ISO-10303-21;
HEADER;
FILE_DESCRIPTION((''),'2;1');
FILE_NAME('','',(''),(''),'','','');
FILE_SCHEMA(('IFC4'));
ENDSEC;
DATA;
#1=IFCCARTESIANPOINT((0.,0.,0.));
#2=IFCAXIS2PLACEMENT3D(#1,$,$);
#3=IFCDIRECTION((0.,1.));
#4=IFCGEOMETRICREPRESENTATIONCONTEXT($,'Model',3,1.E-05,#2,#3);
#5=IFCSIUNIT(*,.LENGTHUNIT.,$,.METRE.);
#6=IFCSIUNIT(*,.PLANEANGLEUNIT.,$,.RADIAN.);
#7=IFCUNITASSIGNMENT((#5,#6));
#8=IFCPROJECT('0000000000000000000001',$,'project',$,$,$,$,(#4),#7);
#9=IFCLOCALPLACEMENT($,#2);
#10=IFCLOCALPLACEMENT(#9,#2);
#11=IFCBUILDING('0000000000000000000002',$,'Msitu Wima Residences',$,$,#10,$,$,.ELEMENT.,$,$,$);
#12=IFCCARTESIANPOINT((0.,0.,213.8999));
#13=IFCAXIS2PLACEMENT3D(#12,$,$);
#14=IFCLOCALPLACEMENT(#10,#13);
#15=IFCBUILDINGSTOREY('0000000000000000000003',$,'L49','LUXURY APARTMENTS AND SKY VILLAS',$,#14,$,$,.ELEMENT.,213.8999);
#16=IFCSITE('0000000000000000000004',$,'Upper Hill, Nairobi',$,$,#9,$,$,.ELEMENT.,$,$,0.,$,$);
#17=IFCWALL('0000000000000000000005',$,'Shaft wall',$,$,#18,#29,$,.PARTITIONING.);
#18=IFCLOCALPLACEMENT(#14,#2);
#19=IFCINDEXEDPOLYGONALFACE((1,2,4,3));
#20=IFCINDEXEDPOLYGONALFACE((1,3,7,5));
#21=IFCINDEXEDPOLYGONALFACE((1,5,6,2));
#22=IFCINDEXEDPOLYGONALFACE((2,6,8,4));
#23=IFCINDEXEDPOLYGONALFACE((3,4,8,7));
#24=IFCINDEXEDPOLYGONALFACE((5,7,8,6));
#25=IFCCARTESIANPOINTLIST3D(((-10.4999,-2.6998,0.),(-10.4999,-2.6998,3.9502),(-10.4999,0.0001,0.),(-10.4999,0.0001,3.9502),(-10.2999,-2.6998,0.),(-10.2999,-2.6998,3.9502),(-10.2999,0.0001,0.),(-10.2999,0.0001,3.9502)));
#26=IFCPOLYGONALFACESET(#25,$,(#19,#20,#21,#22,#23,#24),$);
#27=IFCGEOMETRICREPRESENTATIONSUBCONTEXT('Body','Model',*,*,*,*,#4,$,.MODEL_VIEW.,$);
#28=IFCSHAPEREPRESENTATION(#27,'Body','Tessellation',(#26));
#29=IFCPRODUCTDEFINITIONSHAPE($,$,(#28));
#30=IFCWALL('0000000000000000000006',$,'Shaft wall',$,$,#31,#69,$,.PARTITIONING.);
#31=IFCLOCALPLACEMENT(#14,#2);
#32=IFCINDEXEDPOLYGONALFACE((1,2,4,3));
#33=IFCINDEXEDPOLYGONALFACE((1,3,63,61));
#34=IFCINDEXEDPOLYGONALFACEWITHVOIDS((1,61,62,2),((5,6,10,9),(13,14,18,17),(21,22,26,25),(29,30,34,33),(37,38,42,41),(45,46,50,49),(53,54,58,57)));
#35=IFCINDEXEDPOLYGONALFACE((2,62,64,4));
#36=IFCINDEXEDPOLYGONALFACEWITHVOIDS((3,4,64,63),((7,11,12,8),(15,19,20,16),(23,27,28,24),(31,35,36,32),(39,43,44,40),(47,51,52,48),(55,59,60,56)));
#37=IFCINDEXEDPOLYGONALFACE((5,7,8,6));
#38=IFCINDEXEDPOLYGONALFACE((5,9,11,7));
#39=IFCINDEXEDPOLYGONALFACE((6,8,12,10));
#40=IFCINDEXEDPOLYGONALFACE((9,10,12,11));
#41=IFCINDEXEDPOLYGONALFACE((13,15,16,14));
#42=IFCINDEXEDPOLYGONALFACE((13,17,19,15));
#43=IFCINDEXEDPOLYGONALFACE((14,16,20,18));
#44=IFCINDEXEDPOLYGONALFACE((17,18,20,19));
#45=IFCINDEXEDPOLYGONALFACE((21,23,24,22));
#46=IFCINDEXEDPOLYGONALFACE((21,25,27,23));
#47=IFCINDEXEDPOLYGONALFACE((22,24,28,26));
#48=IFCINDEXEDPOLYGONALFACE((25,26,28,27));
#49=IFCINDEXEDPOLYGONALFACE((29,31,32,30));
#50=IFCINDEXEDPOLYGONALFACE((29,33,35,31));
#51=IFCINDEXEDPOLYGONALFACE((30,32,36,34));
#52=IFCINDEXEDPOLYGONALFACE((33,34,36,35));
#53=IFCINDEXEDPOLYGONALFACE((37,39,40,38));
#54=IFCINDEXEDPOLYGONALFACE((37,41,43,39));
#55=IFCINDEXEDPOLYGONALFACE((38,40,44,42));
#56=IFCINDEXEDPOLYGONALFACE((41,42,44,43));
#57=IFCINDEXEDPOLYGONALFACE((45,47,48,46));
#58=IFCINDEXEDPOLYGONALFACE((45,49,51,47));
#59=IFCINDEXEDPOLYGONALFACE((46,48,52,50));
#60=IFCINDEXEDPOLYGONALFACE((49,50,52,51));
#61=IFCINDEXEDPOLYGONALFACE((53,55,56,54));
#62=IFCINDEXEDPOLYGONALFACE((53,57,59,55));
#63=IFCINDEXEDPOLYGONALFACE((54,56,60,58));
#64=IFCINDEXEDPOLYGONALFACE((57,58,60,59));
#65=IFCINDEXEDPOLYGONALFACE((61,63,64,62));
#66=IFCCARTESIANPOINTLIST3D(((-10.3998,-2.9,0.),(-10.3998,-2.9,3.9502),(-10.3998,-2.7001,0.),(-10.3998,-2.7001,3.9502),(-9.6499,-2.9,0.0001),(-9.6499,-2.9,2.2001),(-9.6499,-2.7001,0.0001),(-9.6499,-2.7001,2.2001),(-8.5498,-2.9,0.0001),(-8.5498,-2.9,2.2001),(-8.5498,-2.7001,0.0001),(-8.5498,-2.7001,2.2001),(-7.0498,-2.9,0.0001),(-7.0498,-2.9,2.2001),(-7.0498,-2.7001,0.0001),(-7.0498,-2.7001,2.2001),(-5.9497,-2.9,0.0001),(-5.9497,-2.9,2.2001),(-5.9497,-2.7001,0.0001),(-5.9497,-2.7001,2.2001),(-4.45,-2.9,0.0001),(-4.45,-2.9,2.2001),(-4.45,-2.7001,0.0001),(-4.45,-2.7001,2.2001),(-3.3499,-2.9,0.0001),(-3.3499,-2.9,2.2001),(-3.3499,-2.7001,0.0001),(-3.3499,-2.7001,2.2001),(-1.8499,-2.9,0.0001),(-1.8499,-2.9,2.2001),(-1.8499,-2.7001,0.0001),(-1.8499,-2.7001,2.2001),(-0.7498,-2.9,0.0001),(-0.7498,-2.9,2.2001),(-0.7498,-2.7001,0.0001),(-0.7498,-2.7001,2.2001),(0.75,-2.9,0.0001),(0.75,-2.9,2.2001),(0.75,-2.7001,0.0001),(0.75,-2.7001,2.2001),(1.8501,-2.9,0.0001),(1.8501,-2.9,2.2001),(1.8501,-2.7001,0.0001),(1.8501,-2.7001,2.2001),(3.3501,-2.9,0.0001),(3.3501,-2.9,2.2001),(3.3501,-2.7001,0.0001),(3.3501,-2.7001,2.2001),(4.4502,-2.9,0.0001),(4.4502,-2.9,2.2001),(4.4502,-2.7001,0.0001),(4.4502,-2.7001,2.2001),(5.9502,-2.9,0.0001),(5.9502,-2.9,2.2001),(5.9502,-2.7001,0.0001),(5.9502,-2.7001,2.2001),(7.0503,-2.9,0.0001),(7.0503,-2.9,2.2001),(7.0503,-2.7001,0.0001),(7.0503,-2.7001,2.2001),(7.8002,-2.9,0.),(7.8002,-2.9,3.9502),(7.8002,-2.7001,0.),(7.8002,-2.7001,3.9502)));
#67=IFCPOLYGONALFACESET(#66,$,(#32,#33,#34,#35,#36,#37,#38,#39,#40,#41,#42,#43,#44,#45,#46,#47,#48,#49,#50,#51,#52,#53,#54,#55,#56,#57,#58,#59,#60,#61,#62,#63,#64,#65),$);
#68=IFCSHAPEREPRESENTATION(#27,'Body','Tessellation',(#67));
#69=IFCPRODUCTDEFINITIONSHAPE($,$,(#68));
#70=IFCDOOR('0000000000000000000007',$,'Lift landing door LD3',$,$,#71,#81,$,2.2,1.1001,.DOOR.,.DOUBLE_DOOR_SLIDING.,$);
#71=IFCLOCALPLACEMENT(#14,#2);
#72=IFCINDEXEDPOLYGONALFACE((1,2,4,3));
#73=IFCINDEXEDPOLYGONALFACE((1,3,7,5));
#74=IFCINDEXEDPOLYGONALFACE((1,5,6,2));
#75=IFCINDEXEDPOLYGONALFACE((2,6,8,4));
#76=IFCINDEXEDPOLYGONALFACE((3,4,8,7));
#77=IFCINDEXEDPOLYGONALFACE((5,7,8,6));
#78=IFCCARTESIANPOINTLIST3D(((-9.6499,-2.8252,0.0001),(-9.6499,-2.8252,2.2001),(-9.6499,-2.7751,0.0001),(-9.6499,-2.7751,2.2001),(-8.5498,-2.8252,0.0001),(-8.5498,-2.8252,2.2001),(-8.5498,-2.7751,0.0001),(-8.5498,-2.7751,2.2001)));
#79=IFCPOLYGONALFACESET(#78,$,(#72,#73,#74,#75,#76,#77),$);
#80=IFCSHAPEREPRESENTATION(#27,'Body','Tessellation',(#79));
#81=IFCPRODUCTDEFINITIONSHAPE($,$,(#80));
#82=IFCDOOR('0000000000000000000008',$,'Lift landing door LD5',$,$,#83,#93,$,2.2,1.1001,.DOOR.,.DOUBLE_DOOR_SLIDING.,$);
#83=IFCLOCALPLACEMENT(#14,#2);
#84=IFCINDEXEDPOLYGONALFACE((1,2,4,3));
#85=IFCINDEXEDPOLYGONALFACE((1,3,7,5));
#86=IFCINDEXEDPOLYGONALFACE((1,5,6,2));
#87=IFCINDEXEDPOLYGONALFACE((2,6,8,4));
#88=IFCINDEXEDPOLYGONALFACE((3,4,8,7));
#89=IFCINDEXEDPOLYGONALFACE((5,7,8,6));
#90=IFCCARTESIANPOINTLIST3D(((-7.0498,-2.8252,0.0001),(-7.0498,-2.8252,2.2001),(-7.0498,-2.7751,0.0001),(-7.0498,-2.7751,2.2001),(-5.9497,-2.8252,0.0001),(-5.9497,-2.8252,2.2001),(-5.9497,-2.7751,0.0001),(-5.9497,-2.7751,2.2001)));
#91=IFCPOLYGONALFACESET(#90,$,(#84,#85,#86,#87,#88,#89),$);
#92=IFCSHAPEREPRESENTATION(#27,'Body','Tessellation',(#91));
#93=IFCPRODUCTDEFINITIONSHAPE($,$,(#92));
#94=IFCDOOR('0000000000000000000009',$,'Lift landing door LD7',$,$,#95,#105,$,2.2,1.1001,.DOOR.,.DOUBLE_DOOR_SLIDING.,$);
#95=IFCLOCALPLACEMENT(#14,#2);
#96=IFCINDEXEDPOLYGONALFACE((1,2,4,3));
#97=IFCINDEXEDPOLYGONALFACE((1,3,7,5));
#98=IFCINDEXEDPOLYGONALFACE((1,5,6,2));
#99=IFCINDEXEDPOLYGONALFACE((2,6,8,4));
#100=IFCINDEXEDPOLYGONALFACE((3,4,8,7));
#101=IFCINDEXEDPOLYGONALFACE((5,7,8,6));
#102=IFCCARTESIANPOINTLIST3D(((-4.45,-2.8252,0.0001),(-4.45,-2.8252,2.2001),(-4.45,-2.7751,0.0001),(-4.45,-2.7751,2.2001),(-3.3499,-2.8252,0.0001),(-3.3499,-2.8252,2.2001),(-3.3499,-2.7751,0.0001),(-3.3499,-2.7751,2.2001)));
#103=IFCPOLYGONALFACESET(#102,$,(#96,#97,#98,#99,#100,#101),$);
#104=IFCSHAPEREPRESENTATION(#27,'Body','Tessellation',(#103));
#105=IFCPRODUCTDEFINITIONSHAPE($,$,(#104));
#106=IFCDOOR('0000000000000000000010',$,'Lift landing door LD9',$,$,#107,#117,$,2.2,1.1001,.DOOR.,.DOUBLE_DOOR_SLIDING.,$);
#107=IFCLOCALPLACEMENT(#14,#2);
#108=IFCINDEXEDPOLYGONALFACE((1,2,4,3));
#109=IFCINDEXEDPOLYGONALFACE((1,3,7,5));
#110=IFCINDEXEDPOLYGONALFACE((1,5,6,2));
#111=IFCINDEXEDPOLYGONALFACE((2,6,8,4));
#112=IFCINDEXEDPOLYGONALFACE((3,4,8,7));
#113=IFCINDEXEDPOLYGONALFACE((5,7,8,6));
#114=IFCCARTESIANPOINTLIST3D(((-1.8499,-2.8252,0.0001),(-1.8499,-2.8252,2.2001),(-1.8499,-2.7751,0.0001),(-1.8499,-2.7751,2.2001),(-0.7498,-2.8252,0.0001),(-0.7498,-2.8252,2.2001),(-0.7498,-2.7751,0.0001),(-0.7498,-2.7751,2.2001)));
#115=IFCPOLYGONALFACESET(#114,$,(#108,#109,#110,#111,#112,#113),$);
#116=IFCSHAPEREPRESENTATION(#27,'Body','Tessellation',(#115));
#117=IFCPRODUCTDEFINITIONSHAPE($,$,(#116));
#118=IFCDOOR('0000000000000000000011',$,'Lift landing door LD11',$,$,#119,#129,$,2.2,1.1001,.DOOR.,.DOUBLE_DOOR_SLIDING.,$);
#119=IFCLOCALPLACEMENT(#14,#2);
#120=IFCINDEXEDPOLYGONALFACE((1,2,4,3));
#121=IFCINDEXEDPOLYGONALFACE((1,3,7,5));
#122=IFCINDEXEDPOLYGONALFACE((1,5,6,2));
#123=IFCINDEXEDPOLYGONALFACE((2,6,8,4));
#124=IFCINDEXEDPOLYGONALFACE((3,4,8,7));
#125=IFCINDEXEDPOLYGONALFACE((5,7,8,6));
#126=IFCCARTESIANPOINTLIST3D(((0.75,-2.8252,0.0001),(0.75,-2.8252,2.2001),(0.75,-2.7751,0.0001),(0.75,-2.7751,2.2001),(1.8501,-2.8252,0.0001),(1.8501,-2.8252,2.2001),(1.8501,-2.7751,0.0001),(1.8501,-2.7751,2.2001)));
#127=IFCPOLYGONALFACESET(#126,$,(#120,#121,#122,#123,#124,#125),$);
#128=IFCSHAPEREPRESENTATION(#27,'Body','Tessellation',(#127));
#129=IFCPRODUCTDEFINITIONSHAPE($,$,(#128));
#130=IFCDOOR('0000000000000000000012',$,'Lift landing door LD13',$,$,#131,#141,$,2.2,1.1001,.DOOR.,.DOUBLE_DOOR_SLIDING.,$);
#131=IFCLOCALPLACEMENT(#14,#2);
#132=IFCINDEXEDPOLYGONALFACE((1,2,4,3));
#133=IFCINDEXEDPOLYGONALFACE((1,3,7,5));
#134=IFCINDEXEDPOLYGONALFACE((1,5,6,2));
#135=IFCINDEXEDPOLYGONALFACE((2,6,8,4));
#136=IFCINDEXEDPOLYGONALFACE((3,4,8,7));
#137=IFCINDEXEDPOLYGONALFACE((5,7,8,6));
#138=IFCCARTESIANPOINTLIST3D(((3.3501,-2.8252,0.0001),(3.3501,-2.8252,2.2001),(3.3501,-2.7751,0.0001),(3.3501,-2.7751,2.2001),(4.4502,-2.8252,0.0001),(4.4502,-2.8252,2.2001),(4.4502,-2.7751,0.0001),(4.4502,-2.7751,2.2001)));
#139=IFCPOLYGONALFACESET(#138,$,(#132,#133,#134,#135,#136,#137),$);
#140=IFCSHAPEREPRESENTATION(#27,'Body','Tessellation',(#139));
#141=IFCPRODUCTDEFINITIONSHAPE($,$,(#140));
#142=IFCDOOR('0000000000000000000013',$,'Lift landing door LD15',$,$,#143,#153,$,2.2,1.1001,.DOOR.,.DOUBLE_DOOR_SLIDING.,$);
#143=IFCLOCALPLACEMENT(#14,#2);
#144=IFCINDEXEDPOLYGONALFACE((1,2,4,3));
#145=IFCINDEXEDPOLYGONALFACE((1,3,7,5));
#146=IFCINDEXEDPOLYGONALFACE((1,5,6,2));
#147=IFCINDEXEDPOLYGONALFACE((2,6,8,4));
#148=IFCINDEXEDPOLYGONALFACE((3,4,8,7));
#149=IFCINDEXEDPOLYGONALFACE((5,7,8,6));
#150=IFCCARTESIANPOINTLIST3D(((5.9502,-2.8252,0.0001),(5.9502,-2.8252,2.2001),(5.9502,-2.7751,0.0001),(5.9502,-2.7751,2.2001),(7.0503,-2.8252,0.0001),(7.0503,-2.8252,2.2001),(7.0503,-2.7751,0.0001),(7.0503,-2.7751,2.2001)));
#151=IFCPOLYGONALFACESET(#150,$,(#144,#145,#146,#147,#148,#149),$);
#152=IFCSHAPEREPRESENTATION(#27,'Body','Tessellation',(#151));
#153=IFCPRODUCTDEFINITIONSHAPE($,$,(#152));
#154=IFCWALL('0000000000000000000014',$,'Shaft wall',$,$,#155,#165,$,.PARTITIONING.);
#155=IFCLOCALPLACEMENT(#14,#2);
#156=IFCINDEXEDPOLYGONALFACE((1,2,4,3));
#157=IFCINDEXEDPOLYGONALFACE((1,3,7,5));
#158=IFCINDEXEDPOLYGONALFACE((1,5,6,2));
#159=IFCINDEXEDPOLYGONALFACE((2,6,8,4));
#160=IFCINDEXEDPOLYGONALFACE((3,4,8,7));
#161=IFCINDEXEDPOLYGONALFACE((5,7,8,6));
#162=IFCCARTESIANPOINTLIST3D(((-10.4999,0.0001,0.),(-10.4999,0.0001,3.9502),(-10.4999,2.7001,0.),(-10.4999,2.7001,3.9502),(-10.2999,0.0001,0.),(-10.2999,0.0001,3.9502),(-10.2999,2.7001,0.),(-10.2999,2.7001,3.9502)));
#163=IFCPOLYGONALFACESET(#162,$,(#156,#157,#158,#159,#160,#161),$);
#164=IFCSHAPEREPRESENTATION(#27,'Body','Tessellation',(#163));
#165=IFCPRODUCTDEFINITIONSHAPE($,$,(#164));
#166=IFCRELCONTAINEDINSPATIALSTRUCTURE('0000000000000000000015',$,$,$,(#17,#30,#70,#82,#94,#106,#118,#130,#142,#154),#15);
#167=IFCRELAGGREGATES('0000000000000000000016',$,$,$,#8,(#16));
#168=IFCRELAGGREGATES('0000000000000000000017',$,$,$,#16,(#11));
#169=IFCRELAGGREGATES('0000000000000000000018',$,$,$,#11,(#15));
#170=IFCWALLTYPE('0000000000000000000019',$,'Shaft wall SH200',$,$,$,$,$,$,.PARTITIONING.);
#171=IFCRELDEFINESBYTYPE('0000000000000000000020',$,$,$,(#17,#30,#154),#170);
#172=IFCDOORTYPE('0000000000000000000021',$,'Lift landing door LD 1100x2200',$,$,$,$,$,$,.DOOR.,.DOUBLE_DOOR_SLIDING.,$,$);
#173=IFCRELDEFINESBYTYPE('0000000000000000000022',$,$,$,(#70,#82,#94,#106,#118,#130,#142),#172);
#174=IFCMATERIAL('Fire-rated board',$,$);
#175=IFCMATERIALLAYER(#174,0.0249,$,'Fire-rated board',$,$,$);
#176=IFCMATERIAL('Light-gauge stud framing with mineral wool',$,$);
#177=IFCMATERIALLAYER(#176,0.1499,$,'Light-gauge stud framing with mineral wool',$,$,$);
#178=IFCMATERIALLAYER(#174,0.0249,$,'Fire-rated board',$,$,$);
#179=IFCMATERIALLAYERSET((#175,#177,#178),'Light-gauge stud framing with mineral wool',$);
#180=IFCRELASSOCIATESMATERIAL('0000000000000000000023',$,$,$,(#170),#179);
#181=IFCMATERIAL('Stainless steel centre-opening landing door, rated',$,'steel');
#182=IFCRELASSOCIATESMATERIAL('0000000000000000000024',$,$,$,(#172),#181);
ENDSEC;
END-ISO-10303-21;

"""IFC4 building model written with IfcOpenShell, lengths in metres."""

from ifc_helpers import new_model, si_unit, direction, frame, frame_2d, origin, place, context, subcontext, project, spatial, rectangle, extrude, material, layer, layer_set, type_object, element, fill, save


model = new_model("IFC4")

# Units and contexts
model_context = context("Model", 3, precision=1e-05, world=origin(), true_north=direction((0.0, 1.0)))
body_context = subcontext(model_context, "Body", "Model", "MODEL_VIEW")
ifc_project = project(units=[si_unit("LENGTHUNIT", "METRE"), si_unit("PLANEANGLEUNIT", "RADIAN")], contexts=[model_context])

# Site, building, storey
site_placement = place(None, origin())
site = spatial("IfcSite", under=ifc_project, at=site_placement, Name="Upper Hill, Nairobi", CompositionType="ELEMENT", RefElevation=0.0)
building_placement = place(site_placement, origin())
building = spatial("IfcBuilding", under=site, at=building_placement, Name="Msitu Wima Residences", CompositionType="ELEMENT")
storey_placement = place(building_placement, frame((0.0, 0.0, 213.8999)))
storey = spatial("IfcBuildingStorey", under=building, at=storey_placement, Name="L49", Description="LUXURY APARTMENTS AND SKY VILLAS", CompositionType="ELEMENT", Elevation=213.8999)

# Wall
ifc_material_1 = material(Name="Fire-rated board")
ifc_layer_1 = layer(ifc_material_1, 0.0249, Name="Fire-rated board")
ifc_material_2 = material(Name="Light-gauge stud framing with mineral wool")
ifc_layer_2 = layer(ifc_material_2, 0.1499, Name="Light-gauge stud framing with mineral wool")
ifc_layer_3 = layer(ifc_material_1, 0.0249, Name="Fire-rated board")
ifc_layer_set_1 = layer_set([ifc_layer_1, ifc_layer_2, ifc_layer_3], Name="Light-gauge stud framing with mineral wool")
wall_type_1 = type_object("IfcWallType", Name="Shaft wall SH200", PredefinedType="PARTITIONING", material=ifc_layer_set_1)
wall_1_placement = place(storey_placement, frame((-10.3999, -2.7, 0.0), z_axis=(0.0, 0.0, 1.0), x_axis=(0.0, 1.0, 0.0)))
element("IfcWall", 1, at=wall_1_placement, inside=storey, type_object=wall_type_1, Name="Shaft wall", PredefinedType="PARTITIONING", context=body_context, shape_type="SweptSolid", body=[
    extrude(rectangle(XDim=2.7, YDim=0.2, at=frame_2d((1.3501, 0.0))), origin(), (0.0, 0.0, 1.0), 3.9502),
])

# Wall, openings, doors
wall_2_placement = place(storey_placement, frame((-10.3999, -2.8, 0.0), z_axis=(0.0, 0.0, 1.0), x_axis=(1.0, 0.0, 0.0)))
wall_2 = element("IfcWall", 2, at=wall_2_placement, inside=storey, type_object=wall_type_1, Name="Shaft wall", PredefinedType="PARTITIONING", context=body_context, shape_type="SweptSolid", body=[
    extrude(rectangle(XDim=18.2, YDim=0.2, at=frame_2d((9.1001, 0.0))), origin(), (0.0, 0.0, 1.0), 3.9502),
])
opening_1_placement = place(wall_2_placement, frame((0.75, 0.0, 0.0)))
opening_1 = element("IfcOpeningElement", 3, at=opening_1_placement, cuts=wall_2, PredefinedType="OPENING", context=body_context, shape_type="SweptSolid", body=[
    extrude(rectangle(XDim=1.1001, YDim=2.2, at=frame_2d((0.55, 1.1001))), frame((0.0, 0.1099, 0.0), z_axis=(0.0, -1.0, 0.0), x_axis=(1.0, 0.0, 0.0)), (0.0, 0.0, 1.0), 0.22),
])
opening_2_placement = place(wall_2_placement, frame((3.3501, 0.0, 0.0)))
opening_2 = element("IfcOpeningElement", 4, at=opening_2_placement, cuts=wall_2, PredefinedType="OPENING", context=body_context, shape_type="SweptSolid", body=[
    extrude(rectangle(XDim=1.1001, YDim=2.2, at=frame_2d((0.55, 1.1001))), frame((0.0, 0.1099, 0.0), z_axis=(0.0, -1.0, 0.0), x_axis=(1.0, 0.0, 0.0)), (0.0, 0.0, 1.0), 0.22),
])
opening_3_placement = place(wall_2_placement, frame((5.95, 0.0, 0.0)))
opening_3 = element("IfcOpeningElement", 5, at=opening_3_placement, cuts=wall_2, PredefinedType="OPENING", context=body_context, shape_type="SweptSolid", body=[
    extrude(rectangle(XDim=1.1001, YDim=2.2, at=frame_2d((0.55, 1.1001))), frame((0.0, 0.1099, 0.0), z_axis=(0.0, -1.0, 0.0), x_axis=(1.0, 0.0, 0.0)), (0.0, 0.0, 1.0), 0.22),
])
opening_4_placement = place(wall_2_placement, frame((8.55, 0.0, 0.0)))
opening_4 = element("IfcOpeningElement", 6, at=opening_4_placement, cuts=wall_2, PredefinedType="OPENING", context=body_context, shape_type="SweptSolid", body=[
    extrude(rectangle(XDim=1.1001, YDim=2.2, at=frame_2d((0.55, 1.1001))), frame((0.0, 0.1099, 0.0), z_axis=(0.0, -1.0, 0.0), x_axis=(1.0, 0.0, 0.0)), (0.0, 0.0, 1.0), 0.22),
])
opening_5_placement = place(wall_2_placement, frame((11.1499, 0.0, 0.0)))
opening_5 = element("IfcOpeningElement", 7, at=opening_5_placement, cuts=wall_2, PredefinedType="OPENING", context=body_context, shape_type="SweptSolid", body=[
    extrude(rectangle(XDim=1.1001, YDim=2.2, at=frame_2d((0.55, 1.1001))), frame((0.0, 0.1099, 0.0), z_axis=(0.0, -1.0, 0.0), x_axis=(1.0, 0.0, 0.0)), (0.0, 0.0, 1.0), 0.22),
])
opening_6_placement = place(wall_2_placement, frame((13.75, 0.0, 0.0)))
opening_6 = element("IfcOpeningElement", 8, at=opening_6_placement, cuts=wall_2, PredefinedType="OPENING", context=body_context, shape_type="SweptSolid", body=[
    extrude(rectangle(XDim=1.1001, YDim=2.2, at=frame_2d((0.55, 1.1001))), frame((0.0, 0.1099, 0.0), z_axis=(0.0, -1.0, 0.0), x_axis=(1.0, 0.0, 0.0)), (0.0, 0.0, 1.0), 0.22),
])
opening_7_placement = place(wall_2_placement, frame((16.3501, 0.0, 0.0)))
opening_7 = element("IfcOpeningElement", 9, at=opening_7_placement, cuts=wall_2, PredefinedType="OPENING", context=body_context, shape_type="SweptSolid", body=[
    extrude(rectangle(XDim=1.1001, YDim=2.2, at=frame_2d((0.55, 1.1001))), frame((0.0, 0.1099, 0.0), z_axis=(0.0, -1.0, 0.0), x_axis=(1.0, 0.0, 0.0)), (0.0, 0.0, 1.0), 0.22),
])
ifc_material_3 = material(Name="Stainless steel centre-opening landing door, rated", Category="steel")
door_type_1 = type_object("IfcDoorType", Name="Lift landing door LD 1100x2200", OperationType="DOUBLE_DOOR_SLIDING", PredefinedType="DOOR", material=ifc_material_3)
door_1_placement = place(opening_1_placement, origin())
door_1 = element("IfcDoor", 10, at=door_1_placement, inside=storey, type_object=door_type_1, Name="Lift landing door LD3", OperationType="DOUBLE_DOOR_SLIDING", OverallHeight=2.2, OverallWidth=1.1001, PredefinedType="DOOR", context=body_context, shape_type="SweptSolid", body=[
    extrude(rectangle(XDim=1.1001, YDim=2.2, at=frame_2d((0.55, 1.1001))), frame((0.0, 0.0249, 0.0), z_axis=(0.0, -1.0, 0.0), x_axis=(1.0, 0.0, 0.0)), (0.0, 0.0, 1.0), 0.05),
])
fill(opening_1, door_1)
door_2_placement = place(opening_2_placement, origin())
door_2 = element("IfcDoor", 11, at=door_2_placement, inside=storey, type_object=door_type_1, Name="Lift landing door LD5", OperationType="DOUBLE_DOOR_SLIDING", OverallHeight=2.2, OverallWidth=1.1001, PredefinedType="DOOR", context=body_context, shape_type="SweptSolid", body=[
    extrude(rectangle(XDim=1.1001, YDim=2.2, at=frame_2d((0.55, 1.1001))), frame((0.0, 0.0249, 0.0), z_axis=(0.0, -1.0, 0.0), x_axis=(1.0, 0.0, 0.0)), (0.0, 0.0, 1.0), 0.05),
])
fill(opening_2, door_2)
door_3_placement = place(opening_3_placement, origin())
door_3 = element("IfcDoor", 12, at=door_3_placement, inside=storey, type_object=door_type_1, Name="Lift landing door LD7", OperationType="DOUBLE_DOOR_SLIDING", OverallHeight=2.2, OverallWidth=1.1001, PredefinedType="DOOR", context=body_context, shape_type="SweptSolid", body=[
    extrude(rectangle(XDim=1.1001, YDim=2.2, at=frame_2d((0.55, 1.1001))), frame((0.0, 0.0249, 0.0), z_axis=(0.0, -1.0, 0.0), x_axis=(1.0, 0.0, 0.0)), (0.0, 0.0, 1.0), 0.05),
])
fill(opening_3, door_3)
door_4_placement = place(opening_4_placement, origin())
door_4 = element("IfcDoor", 13, at=door_4_placement, inside=storey, type_object=door_type_1, Name="Lift landing door LD9", OperationType="DOUBLE_DOOR_SLIDING", OverallHeight=2.2, OverallWidth=1.1001, PredefinedType="DOOR", context=body_context, shape_type="SweptSolid", body=[
    extrude(rectangle(XDim=1.1001, YDim=2.2, at=frame_2d((0.55, 1.1001))), frame((0.0, 0.0249, 0.0), z_axis=(0.0, -1.0, 0.0), x_axis=(1.0, 0.0, 0.0)), (0.0, 0.0, 1.0), 0.05),
])
fill(opening_4, door_4)
door_5_placement = place(opening_5_placement, origin())
door_5 = element("IfcDoor", 14, at=door_5_placement, inside=storey, type_object=door_type_1, Name="Lift landing door LD11", OperationType="DOUBLE_DOOR_SLIDING", OverallHeight=2.2, OverallWidth=1.1001, PredefinedType="DOOR", context=body_context, shape_type="SweptSolid", body=[
    extrude(rectangle(XDim=1.1001, YDim=2.2, at=frame_2d((0.55, 1.1001))), frame((0.0, 0.0249, 0.0), z_axis=(0.0, -1.0, 0.0), x_axis=(1.0, 0.0, 0.0)), (0.0, 0.0, 1.0), 0.05),
])
fill(opening_5, door_5)
door_6_placement = place(opening_6_placement, origin())
door_6 = element("IfcDoor", 15, at=door_6_placement, inside=storey, type_object=door_type_1, Name="Lift landing door LD13", OperationType="DOUBLE_DOOR_SLIDING", OverallHeight=2.2, OverallWidth=1.1001, PredefinedType="DOOR", context=body_context, shape_type="SweptSolid", body=[
    extrude(rectangle(XDim=1.1001, YDim=2.2, at=frame_2d((0.55, 1.1001))), frame((0.0, 0.0249, 0.0), z_axis=(0.0, -1.0, 0.0), x_axis=(1.0, 0.0, 0.0)), (0.0, 0.0, 1.0), 0.05),
])
fill(opening_6, door_6)
door_7_placement = place(opening_7_placement, origin())
door_7 = element("IfcDoor", 16, at=door_7_placement, inside=storey, type_object=door_type_1, Name="Lift landing door LD15", OperationType="DOUBLE_DOOR_SLIDING", OverallHeight=2.2, OverallWidth=1.1001, PredefinedType="DOOR", context=body_context, shape_type="SweptSolid", body=[
    extrude(rectangle(XDim=1.1001, YDim=2.2, at=frame_2d((0.55, 1.1001))), frame((0.0, 0.0249, 0.0), z_axis=(0.0, -1.0, 0.0), x_axis=(1.0, 0.0, 0.0)), (0.0, 0.0, 1.0), 0.05),
])
fill(opening_7, door_7)

# Wall
wall_3_placement = place(storey_placement, frame((-10.3999, 0.0, 0.0), z_axis=(0.0, 0.0, 1.0), x_axis=(0.0, 1.0, 0.0)))
element("IfcWall", 17, at=wall_3_placement, inside=storey, type_object=wall_type_1, Name="Shaft wall", PredefinedType="PARTITIONING", context=body_context, shape_type="SweptSolid", body=[
    extrude(rectangle(XDim=2.7, YDim=0.2, at=frame_2d((1.3501, 0.0))), origin(), (0.0, 0.0, 1.0), 3.9502),
])

save(model, "model.ifc")
